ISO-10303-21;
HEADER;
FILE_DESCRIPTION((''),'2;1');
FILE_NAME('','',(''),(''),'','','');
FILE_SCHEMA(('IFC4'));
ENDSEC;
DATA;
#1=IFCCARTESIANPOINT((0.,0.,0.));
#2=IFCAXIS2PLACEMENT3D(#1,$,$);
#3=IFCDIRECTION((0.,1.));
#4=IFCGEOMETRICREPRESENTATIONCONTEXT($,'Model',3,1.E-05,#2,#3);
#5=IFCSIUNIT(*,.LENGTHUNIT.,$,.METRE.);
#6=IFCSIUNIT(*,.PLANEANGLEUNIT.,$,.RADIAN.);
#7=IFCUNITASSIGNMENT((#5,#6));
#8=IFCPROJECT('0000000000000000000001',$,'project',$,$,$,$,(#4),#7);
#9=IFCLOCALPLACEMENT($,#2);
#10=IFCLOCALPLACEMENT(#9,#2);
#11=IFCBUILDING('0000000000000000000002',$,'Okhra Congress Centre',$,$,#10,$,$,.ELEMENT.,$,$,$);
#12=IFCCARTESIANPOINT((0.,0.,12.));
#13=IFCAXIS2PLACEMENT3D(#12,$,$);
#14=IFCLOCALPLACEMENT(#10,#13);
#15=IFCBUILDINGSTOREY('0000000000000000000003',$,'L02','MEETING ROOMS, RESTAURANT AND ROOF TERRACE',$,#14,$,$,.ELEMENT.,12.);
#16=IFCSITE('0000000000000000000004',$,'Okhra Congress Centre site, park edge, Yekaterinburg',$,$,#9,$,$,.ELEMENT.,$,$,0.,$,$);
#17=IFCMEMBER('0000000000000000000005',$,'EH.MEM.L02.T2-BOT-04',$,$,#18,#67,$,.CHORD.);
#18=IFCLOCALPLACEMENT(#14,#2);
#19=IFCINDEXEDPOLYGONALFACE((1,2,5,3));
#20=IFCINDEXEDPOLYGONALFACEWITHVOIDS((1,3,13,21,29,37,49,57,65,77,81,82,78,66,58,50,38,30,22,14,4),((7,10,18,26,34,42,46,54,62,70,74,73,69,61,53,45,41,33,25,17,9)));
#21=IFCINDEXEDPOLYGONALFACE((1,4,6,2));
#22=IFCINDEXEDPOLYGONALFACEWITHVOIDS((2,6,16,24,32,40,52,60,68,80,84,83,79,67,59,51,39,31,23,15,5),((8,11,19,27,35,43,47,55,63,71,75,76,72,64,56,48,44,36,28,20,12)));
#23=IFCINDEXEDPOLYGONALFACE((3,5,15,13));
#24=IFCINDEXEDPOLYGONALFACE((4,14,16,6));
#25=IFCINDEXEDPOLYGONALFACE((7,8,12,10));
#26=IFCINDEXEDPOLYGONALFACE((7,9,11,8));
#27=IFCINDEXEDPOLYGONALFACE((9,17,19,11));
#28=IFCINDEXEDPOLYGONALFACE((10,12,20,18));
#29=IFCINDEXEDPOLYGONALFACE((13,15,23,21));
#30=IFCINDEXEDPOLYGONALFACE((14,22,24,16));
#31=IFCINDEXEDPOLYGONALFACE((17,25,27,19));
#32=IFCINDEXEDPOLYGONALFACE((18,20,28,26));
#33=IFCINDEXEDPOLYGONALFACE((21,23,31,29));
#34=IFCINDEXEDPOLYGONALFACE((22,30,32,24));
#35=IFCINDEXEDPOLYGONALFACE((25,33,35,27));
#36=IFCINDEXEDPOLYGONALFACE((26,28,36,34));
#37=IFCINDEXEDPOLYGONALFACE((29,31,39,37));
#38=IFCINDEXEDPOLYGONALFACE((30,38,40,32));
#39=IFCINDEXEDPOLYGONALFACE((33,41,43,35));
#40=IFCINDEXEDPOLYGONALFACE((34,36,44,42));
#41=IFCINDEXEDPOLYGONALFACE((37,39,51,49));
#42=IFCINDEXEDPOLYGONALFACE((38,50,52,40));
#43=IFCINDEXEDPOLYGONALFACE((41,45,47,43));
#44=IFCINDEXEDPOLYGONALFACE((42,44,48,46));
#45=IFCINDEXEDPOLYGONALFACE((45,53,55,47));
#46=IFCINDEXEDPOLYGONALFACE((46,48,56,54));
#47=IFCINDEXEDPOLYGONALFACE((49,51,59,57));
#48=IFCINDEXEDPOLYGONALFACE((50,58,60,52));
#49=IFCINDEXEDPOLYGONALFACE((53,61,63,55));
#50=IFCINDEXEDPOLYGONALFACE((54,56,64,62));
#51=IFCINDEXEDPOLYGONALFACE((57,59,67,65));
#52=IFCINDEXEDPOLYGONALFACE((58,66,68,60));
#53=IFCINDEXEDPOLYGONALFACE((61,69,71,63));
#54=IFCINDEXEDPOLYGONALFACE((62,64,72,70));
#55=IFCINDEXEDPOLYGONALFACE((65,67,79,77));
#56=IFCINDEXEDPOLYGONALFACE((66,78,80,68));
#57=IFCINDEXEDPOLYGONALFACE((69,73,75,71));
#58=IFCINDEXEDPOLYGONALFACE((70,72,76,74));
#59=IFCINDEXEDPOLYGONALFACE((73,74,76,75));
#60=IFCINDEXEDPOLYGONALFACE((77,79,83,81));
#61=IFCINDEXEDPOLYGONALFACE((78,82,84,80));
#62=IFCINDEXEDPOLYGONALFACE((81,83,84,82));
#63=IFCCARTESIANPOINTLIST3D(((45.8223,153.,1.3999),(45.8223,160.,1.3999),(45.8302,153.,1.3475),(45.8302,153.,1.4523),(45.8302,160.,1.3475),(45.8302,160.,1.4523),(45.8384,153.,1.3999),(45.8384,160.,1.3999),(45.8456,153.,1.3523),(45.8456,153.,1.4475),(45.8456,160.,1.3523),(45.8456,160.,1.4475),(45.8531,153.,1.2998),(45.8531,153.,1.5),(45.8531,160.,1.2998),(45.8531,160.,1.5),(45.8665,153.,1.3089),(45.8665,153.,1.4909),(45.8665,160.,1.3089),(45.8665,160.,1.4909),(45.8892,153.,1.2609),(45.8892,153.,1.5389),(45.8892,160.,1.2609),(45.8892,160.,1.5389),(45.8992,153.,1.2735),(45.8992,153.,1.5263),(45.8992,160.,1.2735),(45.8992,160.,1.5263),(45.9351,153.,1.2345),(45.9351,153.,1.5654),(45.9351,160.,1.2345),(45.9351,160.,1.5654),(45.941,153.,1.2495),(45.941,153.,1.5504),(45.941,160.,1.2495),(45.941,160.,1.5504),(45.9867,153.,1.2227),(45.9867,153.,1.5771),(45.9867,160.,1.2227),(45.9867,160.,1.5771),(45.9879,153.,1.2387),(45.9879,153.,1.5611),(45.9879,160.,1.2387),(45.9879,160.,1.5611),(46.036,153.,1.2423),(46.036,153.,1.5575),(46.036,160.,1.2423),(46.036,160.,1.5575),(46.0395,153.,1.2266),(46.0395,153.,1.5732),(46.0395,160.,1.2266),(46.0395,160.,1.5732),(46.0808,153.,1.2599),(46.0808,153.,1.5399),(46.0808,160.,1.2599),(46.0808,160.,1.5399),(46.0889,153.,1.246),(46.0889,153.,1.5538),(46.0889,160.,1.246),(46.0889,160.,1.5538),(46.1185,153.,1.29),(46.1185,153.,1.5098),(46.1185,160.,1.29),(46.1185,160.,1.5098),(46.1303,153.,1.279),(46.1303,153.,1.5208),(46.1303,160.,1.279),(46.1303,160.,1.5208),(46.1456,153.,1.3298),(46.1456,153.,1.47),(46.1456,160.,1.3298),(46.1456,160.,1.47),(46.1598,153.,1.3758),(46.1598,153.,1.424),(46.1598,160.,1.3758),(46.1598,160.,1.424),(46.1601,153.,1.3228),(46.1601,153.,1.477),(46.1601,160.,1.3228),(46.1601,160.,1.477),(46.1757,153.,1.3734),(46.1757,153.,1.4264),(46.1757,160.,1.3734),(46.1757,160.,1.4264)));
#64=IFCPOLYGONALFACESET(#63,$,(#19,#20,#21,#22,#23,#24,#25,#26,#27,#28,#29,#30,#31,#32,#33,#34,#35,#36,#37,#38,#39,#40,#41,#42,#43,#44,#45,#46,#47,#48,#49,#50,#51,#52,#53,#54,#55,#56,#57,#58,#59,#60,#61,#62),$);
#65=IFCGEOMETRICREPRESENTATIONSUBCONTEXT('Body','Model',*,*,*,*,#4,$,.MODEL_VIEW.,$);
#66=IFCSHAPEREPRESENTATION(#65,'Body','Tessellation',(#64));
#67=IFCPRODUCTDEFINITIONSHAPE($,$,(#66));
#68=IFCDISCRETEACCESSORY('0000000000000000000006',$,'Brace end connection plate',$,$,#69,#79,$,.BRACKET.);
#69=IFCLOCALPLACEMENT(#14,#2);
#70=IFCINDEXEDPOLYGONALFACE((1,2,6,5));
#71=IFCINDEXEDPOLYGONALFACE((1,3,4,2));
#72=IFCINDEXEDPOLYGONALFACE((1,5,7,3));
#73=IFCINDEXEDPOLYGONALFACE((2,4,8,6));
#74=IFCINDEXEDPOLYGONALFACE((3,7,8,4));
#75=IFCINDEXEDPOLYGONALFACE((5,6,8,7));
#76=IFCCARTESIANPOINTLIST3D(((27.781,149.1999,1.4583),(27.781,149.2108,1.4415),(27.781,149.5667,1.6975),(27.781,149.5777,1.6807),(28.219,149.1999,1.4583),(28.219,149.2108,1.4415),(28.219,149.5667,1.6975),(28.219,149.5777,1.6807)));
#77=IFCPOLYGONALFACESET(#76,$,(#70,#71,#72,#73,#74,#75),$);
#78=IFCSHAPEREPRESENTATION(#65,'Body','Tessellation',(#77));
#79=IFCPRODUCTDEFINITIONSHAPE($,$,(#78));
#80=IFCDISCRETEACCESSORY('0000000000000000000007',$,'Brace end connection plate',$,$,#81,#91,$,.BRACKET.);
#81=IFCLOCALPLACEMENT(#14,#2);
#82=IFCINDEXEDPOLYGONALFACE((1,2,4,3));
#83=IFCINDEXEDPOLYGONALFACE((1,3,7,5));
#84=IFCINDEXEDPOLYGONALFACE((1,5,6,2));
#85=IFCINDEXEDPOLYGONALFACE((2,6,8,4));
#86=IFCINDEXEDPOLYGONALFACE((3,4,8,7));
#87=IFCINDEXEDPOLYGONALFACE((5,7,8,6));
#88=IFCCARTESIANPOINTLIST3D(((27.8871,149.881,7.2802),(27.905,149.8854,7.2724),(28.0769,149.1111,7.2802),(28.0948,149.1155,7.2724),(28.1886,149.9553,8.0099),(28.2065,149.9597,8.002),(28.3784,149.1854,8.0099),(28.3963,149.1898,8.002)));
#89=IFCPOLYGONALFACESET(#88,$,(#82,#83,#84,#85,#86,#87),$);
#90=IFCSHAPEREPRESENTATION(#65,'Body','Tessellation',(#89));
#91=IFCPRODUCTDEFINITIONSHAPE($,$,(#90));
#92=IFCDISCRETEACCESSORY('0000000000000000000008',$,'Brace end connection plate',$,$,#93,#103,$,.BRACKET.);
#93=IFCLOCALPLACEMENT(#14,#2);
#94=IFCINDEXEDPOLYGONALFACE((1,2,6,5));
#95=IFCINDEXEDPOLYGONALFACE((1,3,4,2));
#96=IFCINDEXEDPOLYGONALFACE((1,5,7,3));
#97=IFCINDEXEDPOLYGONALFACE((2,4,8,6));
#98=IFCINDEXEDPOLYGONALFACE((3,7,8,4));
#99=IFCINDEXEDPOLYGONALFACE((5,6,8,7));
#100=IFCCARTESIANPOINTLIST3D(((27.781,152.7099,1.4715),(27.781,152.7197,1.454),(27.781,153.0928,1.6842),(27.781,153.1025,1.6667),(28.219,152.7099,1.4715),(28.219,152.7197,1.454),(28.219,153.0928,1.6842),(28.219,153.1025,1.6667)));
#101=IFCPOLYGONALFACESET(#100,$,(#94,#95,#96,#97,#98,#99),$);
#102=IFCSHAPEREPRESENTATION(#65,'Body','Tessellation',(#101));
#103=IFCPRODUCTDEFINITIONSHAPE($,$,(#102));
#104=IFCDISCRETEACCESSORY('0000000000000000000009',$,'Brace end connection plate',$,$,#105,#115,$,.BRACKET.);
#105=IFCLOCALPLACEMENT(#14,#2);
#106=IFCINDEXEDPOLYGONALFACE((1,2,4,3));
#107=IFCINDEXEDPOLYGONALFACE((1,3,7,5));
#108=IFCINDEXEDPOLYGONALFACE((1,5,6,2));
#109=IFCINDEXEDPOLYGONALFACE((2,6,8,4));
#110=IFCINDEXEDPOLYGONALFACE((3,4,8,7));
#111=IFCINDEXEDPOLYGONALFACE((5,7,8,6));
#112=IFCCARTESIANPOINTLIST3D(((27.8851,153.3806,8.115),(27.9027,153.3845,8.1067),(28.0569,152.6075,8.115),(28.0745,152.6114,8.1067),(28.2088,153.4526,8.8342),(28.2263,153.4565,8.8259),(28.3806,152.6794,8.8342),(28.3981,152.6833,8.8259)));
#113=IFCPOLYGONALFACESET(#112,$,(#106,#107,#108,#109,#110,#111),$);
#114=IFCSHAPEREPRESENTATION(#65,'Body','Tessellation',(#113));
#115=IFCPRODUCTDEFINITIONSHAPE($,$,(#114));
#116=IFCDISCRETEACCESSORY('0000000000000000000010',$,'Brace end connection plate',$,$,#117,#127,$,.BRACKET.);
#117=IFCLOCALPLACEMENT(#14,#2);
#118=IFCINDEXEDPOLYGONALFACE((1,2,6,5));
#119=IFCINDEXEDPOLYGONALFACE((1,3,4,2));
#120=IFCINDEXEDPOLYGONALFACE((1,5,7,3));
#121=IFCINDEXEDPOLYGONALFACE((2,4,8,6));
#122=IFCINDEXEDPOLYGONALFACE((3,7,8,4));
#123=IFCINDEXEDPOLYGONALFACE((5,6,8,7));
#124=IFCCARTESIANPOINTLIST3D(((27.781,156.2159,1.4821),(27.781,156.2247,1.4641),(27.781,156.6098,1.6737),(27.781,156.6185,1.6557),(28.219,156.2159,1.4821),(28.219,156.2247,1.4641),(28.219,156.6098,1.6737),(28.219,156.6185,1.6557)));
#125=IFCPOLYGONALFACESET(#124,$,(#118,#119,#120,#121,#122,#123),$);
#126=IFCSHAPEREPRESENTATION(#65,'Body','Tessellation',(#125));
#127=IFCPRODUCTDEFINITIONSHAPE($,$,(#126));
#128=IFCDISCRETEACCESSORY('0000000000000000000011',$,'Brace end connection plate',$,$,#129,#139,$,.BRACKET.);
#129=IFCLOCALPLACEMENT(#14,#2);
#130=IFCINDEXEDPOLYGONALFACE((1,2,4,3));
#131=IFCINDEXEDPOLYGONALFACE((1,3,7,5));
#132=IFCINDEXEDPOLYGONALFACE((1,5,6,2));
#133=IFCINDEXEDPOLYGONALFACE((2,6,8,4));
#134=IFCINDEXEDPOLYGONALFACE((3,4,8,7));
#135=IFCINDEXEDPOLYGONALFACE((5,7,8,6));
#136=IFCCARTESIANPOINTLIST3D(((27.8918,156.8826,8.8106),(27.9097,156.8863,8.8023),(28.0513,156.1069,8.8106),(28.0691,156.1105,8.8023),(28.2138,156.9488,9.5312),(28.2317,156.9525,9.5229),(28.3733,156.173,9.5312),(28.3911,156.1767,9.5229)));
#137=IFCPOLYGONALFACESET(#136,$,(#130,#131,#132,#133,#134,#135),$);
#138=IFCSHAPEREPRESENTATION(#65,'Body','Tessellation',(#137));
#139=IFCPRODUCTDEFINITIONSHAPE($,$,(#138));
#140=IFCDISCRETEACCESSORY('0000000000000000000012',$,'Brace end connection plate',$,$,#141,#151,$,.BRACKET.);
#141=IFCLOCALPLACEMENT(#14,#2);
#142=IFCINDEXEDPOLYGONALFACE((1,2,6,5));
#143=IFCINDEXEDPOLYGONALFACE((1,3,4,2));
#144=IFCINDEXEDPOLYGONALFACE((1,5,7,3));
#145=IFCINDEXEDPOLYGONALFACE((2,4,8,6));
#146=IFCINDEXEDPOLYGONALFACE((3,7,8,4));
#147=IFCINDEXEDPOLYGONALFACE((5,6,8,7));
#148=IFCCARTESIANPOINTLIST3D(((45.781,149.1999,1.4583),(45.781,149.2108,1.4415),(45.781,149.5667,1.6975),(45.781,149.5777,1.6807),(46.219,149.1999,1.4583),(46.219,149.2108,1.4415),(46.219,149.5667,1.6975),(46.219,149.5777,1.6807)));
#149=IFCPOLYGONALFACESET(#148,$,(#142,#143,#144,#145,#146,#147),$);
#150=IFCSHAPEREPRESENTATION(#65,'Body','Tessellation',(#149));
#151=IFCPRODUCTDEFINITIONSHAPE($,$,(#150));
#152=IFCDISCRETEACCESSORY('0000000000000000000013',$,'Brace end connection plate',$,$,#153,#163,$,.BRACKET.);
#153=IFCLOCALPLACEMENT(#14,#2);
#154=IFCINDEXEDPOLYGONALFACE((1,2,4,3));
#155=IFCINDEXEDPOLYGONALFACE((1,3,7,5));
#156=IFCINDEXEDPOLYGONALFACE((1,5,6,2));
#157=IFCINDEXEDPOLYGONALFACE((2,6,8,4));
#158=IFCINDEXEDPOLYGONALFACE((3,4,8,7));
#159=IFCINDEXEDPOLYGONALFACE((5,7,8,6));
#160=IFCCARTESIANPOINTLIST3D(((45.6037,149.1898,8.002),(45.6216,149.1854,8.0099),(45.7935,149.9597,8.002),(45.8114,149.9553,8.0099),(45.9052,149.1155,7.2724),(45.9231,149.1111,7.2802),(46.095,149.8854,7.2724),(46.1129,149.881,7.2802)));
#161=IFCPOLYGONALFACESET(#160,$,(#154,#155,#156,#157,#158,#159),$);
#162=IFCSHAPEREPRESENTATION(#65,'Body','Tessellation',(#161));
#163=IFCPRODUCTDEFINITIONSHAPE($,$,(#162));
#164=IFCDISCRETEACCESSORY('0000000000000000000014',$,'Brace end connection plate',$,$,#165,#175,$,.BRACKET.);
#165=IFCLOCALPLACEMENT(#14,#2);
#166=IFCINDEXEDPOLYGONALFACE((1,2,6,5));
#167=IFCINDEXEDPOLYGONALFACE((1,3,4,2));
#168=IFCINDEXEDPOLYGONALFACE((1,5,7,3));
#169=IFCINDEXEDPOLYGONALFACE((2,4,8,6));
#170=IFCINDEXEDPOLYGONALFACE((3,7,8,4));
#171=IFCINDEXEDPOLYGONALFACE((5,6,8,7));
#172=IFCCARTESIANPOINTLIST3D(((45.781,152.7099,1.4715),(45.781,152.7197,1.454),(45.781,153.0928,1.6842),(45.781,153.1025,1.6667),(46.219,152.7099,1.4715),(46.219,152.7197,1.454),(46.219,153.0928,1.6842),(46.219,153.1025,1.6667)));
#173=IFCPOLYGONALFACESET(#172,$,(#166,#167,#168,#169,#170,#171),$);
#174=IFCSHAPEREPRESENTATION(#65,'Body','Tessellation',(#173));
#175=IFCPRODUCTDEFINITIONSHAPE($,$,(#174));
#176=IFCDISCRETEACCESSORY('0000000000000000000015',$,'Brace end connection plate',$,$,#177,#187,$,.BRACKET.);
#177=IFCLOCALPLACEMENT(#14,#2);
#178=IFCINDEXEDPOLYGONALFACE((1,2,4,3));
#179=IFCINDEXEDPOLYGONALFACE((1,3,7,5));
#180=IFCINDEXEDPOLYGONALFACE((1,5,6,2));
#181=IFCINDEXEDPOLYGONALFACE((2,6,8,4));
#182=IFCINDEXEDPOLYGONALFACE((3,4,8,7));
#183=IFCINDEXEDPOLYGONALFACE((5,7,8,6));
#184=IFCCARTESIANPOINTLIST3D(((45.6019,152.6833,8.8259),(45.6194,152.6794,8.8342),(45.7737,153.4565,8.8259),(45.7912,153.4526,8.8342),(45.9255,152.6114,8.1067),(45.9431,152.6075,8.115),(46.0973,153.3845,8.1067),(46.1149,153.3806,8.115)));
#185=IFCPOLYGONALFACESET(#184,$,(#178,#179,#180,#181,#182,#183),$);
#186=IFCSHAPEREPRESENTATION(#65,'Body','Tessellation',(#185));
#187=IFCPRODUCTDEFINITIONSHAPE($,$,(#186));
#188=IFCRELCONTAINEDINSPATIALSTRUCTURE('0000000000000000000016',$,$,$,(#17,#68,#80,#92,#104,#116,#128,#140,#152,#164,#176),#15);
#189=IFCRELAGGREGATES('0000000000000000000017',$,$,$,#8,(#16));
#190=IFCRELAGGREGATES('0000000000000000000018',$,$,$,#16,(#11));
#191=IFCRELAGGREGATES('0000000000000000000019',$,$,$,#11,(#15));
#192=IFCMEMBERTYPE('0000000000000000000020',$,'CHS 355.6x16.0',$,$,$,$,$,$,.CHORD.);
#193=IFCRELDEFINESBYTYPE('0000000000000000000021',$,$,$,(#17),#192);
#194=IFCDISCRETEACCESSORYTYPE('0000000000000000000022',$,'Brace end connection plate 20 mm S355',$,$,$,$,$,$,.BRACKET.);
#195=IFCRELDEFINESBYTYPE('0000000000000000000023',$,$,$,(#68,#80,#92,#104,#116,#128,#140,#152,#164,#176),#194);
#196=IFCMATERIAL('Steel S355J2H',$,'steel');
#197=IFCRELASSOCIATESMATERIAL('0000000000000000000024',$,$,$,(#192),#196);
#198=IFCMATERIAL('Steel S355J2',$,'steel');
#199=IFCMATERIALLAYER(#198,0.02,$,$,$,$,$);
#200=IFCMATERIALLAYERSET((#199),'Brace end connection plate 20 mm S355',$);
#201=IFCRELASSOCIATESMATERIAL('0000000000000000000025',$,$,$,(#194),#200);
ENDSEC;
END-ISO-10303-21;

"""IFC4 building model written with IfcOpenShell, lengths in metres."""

from ifc_helpers import new_model, si_unit, direction, frame, origin, origin_2d, place, context, subcontext, project, spatial, rectangle, hollow_circle, extrude, material, layer, layer_set, material_profile, profile_set, type_object, element, save


model = new_model("IFC4")

# Units and contexts
model_context = context("Model", 3, precision=1e-05, world=origin(), true_north=direction((0.0, 1.0)))
body_context = subcontext(model_context, "Body", "Model", "MODEL_VIEW")
ifc_project = project(units=[si_unit("LENGTHUNIT", "METRE"), si_unit("PLANEANGLEUNIT", "RADIAN")], contexts=[model_context])

# Site, building, storey
site_placement = place(None, origin())
site = spatial("IfcSite", under=ifc_project, at=site_placement, Name="Okhra Congress Centre site, park edge, Yekaterinburg", CompositionType="ELEMENT", RefElevation=0.0)
building_placement = place(site_placement, origin())
building = spatial("IfcBuilding", under=site, at=building_placement, Name="Okhra Congress Centre", CompositionType="ELEMENT")
storey_placement = place(building_placement, frame((0.0, 0.0, 12.0)))
storey = spatial("IfcBuildingStorey", under=building, at=storey_placement, Name="L02", Description="MEETING ROOMS, RESTAURANT AND ROOF TERRACE", CompositionType="ELEMENT", Elevation=12.0)

# Shared definitions
ifc_material_1 = material(Name="Steel S355J2", Category="steel")

# Member
ifc_material_2 = material(Name="Steel S355J2H", Category="steel")
ifc_material_profile_1 = material_profile(ifc_material_2, hollow_circle(Radius=0.1777, WallThickness=0.0161, at=origin_2d()), Name="CHS 355.6x16.0")
ifc_profile_set_1 = profile_set([ifc_material_profile_1], Name="Steel S355J2H")
member_type_1 = type_object("IfcMemberType", Name="CHS 355.6x16.0", PredefinedType="CHORD", material=ifc_profile_set_1)
for number, where, z_axis, x_axis, name in (
    (1, (46.0, 153.0, 1.3999), (0.0, 1.0, 0.0), (-1.0, 0.0, 0.0), "EH.MEM.L02.T2-BOT-04"),
):
    element("IfcMember", number, at=place(storey_placement, frame(where, z_axis=z_axis, x_axis=x_axis)), inside=storey, type_object=member_type_1, Name=name, PredefinedType="CHORD", context=body_context, shape_type="SweptSolid", body=[
        extrude(hollow_circle(Radius=0.1777, WallThickness=0.0161, at=origin_2d()), origin(), (0.0, 0.0, 1.0), 7.0),
    ])

# Discrete accessories
ifc_layer = layer(ifc_material_1, 0.02)
ifc_layer_set = layer_set([ifc_layer], Name="Brace end connection plate 20 mm S355")
discrete_accessory_type = type_object("IfcDiscreteAccessoryType", Name="Brace end connection plate 20 mm S355", PredefinedType="BRACKET", material=ifc_layer_set)
discrete_accessory_1_placement = place(storey_placement, frame((28.0, 149.3833, 1.5779), z_axis=(0.0, 0.546268, -0.837611), x_axis=(-1.0, 0.0, 0.0)))
element("IfcDiscreteAccessory", 2, at=discrete_accessory_1_placement, inside=storey, type_object=discrete_accessory_type, Name="Brace end connection plate", PredefinedType="BRACKET", context=body_context, shape_type="SweptSolid", body=[
    extrude(rectangle(XDim=0.438, YDim=0.438, at=origin_2d()), origin(), (0.0, 0.0, 1.0), 0.02),
])
discrete_accessory_2_placement = place(storey_placement, frame((28.1506, 149.5376, 7.6372), z_axis=(-0.893372, -0.220283, 0.391615), x_axis=(0.239405, -0.97092, 0.0)))
element("IfcDiscreteAccessory", 3, at=discrete_accessory_2_placement, inside=storey, type_object=discrete_accessory_type, Name="Brace end connection plate", PredefinedType="BRACKET", context=body_context, shape_type="SweptSolid", body=[
    extrude(rectangle(XDim=0.793, YDim=0.793, at=origin_2d()), origin(), (0.0, 0.0, 1.0), 0.02),
])
discrete_accessory_3_placement = place(storey_placement, frame((28.0, 152.9014, 1.5779), z_axis=(0.0, 0.485643, -0.874157), x_axis=(-1.0, 0.0, 0.0)))
element("IfcDiscreteAccessory", 4, at=discrete_accessory_3_placement, inside=storey, type_object=discrete_accessory_type, Name="Brace end connection plate", PredefinedType="BRACKET", context=body_context, shape_type="SweptSolid", body=[
    extrude(rectangle(XDim=0.438, YDim=0.438, at=origin_2d()), origin(), (0.0, 0.0, 1.0), 0.02),
])
discrete_accessory_4_placement = place(storey_placement, frame((28.1504, 153.0339, 8.4663), z_axis=(-0.886527, -0.197006, 0.418638), x_axis=(0.21693, -0.976187, 0.0)))
element("IfcDiscreteAccessory", 5, at=discrete_accessory_4_placement, inside=storey, type_object=discrete_accessory_type, Name="Brace end connection plate", PredefinedType="BRACKET", context=body_context, shape_type="SweptSolid", body=[
    extrude(rectangle(XDim=0.792, YDim=0.792, at=origin_2d()), origin(), (0.0, 0.0, 1.0), 0.0198),
])
discrete_accessory_5_placement = place(storey_placement, frame((28.0, 156.4128, 1.5779), z_axis=(0.0, 0.437466, -0.899235), x_axis=(-1.0, 0.0, 0.0)))
element("IfcDiscreteAccessory", 6, at=discrete_accessory_5_placement, inside=storey, type_object=discrete_accessory_type, Name="Brace end connection plate", PredefinedType="BRACKET", context=body_context, shape_type="SweptSolid", body=[
    extrude(rectangle(XDim=0.438, YDim=0.438, at=origin_2d()), origin(), (0.0, 0.0, 1.0), 0.02),
])
discrete_accessory_6_placement = place(storey_placement, frame((28.1504, 156.5315, 9.1626), z_axis=(-0.891172, -0.183118, 0.415066), x_axis=(0.201274, -0.979535, 0.0)))
element("IfcDiscreteAccessory", 7, at=discrete_accessory_6_placement, inside=storey, type_object=discrete_accessory_type, Name="Brace end connection plate", PredefinedType="BRACKET", context=body_context, shape_type="SweptSolid", body=[
    extrude(rectangle(XDim=0.792, YDim=0.792, at=origin_2d()), origin(), (0.0, 0.0, 1.0), 0.02),
])
discrete_accessory_7_placement = place(storey_placement, frame((46.0, 149.3833, 1.5779), z_axis=(0.0, 0.546268, -0.837611), x_axis=(-1.0, 0.0, 0.0)))
element("IfcDiscreteAccessory", 8, at=discrete_accessory_7_placement, inside=storey, type_object=discrete_accessory_type, Name="Brace end connection plate", PredefinedType="BRACKET", context=body_context, shape_type="SweptSolid", body=[
    extrude(rectangle(XDim=0.438, YDim=0.438, at=origin_2d()), origin(), (0.0, 0.0, 1.0), 0.02),
])
discrete_accessory_8_placement = place(storey_placement, frame((45.8494, 149.5376, 7.6372), z_axis=(0.893372, -0.220283, 0.391615), x_axis=(0.239405, 0.97092, 0.0)))
element("IfcDiscreteAccessory", 9, at=discrete_accessory_8_placement, inside=storey, type_object=discrete_accessory_type, Name="Brace end connection plate", PredefinedType="BRACKET", context=body_context, shape_type="SweptSolid", body=[
    extrude(rectangle(XDim=0.793, YDim=0.793, at=origin_2d()), origin(), (0.0, 0.0, 1.0), 0.02),
])
discrete_accessory_9_placement = place(storey_placement, frame((46.0, 152.9014, 1.5779), z_axis=(0.0, 0.485643, -0.874157), x_axis=(-1.0, 0.0, 0.0)))
element("IfcDiscreteAccessory", 10, at=discrete_accessory_9_placement, inside=storey, type_object=discrete_accessory_type, Name="Brace end connection plate", PredefinedType="BRACKET", context=body_context, shape_type="SweptSolid", body=[
    extrude(rectangle(XDim=0.438, YDim=0.438, at=origin_2d()), origin(), (0.0, 0.0, 1.0), 0.02),
])
discrete_accessory_10_placement = place(storey_placement, frame((45.8496, 153.0339, 8.4663), z_axis=(0.886527, -0.197006, 0.418638), x_axis=(0.21693, 0.976187, 0.0)))
element("IfcDiscreteAccessory", 11, at=discrete_accessory_10_placement, inside=storey, type_object=discrete_accessory_type, Name="Brace end connection plate", PredefinedType="BRACKET", context=body_context, shape_type="SweptSolid", body=[
    extrude(rectangle(XDim=0.792, YDim=0.792, at=origin_2d()), origin(), (0.0, 0.0, 1.0), 0.0198),
])

save(model, "model.ifc")
